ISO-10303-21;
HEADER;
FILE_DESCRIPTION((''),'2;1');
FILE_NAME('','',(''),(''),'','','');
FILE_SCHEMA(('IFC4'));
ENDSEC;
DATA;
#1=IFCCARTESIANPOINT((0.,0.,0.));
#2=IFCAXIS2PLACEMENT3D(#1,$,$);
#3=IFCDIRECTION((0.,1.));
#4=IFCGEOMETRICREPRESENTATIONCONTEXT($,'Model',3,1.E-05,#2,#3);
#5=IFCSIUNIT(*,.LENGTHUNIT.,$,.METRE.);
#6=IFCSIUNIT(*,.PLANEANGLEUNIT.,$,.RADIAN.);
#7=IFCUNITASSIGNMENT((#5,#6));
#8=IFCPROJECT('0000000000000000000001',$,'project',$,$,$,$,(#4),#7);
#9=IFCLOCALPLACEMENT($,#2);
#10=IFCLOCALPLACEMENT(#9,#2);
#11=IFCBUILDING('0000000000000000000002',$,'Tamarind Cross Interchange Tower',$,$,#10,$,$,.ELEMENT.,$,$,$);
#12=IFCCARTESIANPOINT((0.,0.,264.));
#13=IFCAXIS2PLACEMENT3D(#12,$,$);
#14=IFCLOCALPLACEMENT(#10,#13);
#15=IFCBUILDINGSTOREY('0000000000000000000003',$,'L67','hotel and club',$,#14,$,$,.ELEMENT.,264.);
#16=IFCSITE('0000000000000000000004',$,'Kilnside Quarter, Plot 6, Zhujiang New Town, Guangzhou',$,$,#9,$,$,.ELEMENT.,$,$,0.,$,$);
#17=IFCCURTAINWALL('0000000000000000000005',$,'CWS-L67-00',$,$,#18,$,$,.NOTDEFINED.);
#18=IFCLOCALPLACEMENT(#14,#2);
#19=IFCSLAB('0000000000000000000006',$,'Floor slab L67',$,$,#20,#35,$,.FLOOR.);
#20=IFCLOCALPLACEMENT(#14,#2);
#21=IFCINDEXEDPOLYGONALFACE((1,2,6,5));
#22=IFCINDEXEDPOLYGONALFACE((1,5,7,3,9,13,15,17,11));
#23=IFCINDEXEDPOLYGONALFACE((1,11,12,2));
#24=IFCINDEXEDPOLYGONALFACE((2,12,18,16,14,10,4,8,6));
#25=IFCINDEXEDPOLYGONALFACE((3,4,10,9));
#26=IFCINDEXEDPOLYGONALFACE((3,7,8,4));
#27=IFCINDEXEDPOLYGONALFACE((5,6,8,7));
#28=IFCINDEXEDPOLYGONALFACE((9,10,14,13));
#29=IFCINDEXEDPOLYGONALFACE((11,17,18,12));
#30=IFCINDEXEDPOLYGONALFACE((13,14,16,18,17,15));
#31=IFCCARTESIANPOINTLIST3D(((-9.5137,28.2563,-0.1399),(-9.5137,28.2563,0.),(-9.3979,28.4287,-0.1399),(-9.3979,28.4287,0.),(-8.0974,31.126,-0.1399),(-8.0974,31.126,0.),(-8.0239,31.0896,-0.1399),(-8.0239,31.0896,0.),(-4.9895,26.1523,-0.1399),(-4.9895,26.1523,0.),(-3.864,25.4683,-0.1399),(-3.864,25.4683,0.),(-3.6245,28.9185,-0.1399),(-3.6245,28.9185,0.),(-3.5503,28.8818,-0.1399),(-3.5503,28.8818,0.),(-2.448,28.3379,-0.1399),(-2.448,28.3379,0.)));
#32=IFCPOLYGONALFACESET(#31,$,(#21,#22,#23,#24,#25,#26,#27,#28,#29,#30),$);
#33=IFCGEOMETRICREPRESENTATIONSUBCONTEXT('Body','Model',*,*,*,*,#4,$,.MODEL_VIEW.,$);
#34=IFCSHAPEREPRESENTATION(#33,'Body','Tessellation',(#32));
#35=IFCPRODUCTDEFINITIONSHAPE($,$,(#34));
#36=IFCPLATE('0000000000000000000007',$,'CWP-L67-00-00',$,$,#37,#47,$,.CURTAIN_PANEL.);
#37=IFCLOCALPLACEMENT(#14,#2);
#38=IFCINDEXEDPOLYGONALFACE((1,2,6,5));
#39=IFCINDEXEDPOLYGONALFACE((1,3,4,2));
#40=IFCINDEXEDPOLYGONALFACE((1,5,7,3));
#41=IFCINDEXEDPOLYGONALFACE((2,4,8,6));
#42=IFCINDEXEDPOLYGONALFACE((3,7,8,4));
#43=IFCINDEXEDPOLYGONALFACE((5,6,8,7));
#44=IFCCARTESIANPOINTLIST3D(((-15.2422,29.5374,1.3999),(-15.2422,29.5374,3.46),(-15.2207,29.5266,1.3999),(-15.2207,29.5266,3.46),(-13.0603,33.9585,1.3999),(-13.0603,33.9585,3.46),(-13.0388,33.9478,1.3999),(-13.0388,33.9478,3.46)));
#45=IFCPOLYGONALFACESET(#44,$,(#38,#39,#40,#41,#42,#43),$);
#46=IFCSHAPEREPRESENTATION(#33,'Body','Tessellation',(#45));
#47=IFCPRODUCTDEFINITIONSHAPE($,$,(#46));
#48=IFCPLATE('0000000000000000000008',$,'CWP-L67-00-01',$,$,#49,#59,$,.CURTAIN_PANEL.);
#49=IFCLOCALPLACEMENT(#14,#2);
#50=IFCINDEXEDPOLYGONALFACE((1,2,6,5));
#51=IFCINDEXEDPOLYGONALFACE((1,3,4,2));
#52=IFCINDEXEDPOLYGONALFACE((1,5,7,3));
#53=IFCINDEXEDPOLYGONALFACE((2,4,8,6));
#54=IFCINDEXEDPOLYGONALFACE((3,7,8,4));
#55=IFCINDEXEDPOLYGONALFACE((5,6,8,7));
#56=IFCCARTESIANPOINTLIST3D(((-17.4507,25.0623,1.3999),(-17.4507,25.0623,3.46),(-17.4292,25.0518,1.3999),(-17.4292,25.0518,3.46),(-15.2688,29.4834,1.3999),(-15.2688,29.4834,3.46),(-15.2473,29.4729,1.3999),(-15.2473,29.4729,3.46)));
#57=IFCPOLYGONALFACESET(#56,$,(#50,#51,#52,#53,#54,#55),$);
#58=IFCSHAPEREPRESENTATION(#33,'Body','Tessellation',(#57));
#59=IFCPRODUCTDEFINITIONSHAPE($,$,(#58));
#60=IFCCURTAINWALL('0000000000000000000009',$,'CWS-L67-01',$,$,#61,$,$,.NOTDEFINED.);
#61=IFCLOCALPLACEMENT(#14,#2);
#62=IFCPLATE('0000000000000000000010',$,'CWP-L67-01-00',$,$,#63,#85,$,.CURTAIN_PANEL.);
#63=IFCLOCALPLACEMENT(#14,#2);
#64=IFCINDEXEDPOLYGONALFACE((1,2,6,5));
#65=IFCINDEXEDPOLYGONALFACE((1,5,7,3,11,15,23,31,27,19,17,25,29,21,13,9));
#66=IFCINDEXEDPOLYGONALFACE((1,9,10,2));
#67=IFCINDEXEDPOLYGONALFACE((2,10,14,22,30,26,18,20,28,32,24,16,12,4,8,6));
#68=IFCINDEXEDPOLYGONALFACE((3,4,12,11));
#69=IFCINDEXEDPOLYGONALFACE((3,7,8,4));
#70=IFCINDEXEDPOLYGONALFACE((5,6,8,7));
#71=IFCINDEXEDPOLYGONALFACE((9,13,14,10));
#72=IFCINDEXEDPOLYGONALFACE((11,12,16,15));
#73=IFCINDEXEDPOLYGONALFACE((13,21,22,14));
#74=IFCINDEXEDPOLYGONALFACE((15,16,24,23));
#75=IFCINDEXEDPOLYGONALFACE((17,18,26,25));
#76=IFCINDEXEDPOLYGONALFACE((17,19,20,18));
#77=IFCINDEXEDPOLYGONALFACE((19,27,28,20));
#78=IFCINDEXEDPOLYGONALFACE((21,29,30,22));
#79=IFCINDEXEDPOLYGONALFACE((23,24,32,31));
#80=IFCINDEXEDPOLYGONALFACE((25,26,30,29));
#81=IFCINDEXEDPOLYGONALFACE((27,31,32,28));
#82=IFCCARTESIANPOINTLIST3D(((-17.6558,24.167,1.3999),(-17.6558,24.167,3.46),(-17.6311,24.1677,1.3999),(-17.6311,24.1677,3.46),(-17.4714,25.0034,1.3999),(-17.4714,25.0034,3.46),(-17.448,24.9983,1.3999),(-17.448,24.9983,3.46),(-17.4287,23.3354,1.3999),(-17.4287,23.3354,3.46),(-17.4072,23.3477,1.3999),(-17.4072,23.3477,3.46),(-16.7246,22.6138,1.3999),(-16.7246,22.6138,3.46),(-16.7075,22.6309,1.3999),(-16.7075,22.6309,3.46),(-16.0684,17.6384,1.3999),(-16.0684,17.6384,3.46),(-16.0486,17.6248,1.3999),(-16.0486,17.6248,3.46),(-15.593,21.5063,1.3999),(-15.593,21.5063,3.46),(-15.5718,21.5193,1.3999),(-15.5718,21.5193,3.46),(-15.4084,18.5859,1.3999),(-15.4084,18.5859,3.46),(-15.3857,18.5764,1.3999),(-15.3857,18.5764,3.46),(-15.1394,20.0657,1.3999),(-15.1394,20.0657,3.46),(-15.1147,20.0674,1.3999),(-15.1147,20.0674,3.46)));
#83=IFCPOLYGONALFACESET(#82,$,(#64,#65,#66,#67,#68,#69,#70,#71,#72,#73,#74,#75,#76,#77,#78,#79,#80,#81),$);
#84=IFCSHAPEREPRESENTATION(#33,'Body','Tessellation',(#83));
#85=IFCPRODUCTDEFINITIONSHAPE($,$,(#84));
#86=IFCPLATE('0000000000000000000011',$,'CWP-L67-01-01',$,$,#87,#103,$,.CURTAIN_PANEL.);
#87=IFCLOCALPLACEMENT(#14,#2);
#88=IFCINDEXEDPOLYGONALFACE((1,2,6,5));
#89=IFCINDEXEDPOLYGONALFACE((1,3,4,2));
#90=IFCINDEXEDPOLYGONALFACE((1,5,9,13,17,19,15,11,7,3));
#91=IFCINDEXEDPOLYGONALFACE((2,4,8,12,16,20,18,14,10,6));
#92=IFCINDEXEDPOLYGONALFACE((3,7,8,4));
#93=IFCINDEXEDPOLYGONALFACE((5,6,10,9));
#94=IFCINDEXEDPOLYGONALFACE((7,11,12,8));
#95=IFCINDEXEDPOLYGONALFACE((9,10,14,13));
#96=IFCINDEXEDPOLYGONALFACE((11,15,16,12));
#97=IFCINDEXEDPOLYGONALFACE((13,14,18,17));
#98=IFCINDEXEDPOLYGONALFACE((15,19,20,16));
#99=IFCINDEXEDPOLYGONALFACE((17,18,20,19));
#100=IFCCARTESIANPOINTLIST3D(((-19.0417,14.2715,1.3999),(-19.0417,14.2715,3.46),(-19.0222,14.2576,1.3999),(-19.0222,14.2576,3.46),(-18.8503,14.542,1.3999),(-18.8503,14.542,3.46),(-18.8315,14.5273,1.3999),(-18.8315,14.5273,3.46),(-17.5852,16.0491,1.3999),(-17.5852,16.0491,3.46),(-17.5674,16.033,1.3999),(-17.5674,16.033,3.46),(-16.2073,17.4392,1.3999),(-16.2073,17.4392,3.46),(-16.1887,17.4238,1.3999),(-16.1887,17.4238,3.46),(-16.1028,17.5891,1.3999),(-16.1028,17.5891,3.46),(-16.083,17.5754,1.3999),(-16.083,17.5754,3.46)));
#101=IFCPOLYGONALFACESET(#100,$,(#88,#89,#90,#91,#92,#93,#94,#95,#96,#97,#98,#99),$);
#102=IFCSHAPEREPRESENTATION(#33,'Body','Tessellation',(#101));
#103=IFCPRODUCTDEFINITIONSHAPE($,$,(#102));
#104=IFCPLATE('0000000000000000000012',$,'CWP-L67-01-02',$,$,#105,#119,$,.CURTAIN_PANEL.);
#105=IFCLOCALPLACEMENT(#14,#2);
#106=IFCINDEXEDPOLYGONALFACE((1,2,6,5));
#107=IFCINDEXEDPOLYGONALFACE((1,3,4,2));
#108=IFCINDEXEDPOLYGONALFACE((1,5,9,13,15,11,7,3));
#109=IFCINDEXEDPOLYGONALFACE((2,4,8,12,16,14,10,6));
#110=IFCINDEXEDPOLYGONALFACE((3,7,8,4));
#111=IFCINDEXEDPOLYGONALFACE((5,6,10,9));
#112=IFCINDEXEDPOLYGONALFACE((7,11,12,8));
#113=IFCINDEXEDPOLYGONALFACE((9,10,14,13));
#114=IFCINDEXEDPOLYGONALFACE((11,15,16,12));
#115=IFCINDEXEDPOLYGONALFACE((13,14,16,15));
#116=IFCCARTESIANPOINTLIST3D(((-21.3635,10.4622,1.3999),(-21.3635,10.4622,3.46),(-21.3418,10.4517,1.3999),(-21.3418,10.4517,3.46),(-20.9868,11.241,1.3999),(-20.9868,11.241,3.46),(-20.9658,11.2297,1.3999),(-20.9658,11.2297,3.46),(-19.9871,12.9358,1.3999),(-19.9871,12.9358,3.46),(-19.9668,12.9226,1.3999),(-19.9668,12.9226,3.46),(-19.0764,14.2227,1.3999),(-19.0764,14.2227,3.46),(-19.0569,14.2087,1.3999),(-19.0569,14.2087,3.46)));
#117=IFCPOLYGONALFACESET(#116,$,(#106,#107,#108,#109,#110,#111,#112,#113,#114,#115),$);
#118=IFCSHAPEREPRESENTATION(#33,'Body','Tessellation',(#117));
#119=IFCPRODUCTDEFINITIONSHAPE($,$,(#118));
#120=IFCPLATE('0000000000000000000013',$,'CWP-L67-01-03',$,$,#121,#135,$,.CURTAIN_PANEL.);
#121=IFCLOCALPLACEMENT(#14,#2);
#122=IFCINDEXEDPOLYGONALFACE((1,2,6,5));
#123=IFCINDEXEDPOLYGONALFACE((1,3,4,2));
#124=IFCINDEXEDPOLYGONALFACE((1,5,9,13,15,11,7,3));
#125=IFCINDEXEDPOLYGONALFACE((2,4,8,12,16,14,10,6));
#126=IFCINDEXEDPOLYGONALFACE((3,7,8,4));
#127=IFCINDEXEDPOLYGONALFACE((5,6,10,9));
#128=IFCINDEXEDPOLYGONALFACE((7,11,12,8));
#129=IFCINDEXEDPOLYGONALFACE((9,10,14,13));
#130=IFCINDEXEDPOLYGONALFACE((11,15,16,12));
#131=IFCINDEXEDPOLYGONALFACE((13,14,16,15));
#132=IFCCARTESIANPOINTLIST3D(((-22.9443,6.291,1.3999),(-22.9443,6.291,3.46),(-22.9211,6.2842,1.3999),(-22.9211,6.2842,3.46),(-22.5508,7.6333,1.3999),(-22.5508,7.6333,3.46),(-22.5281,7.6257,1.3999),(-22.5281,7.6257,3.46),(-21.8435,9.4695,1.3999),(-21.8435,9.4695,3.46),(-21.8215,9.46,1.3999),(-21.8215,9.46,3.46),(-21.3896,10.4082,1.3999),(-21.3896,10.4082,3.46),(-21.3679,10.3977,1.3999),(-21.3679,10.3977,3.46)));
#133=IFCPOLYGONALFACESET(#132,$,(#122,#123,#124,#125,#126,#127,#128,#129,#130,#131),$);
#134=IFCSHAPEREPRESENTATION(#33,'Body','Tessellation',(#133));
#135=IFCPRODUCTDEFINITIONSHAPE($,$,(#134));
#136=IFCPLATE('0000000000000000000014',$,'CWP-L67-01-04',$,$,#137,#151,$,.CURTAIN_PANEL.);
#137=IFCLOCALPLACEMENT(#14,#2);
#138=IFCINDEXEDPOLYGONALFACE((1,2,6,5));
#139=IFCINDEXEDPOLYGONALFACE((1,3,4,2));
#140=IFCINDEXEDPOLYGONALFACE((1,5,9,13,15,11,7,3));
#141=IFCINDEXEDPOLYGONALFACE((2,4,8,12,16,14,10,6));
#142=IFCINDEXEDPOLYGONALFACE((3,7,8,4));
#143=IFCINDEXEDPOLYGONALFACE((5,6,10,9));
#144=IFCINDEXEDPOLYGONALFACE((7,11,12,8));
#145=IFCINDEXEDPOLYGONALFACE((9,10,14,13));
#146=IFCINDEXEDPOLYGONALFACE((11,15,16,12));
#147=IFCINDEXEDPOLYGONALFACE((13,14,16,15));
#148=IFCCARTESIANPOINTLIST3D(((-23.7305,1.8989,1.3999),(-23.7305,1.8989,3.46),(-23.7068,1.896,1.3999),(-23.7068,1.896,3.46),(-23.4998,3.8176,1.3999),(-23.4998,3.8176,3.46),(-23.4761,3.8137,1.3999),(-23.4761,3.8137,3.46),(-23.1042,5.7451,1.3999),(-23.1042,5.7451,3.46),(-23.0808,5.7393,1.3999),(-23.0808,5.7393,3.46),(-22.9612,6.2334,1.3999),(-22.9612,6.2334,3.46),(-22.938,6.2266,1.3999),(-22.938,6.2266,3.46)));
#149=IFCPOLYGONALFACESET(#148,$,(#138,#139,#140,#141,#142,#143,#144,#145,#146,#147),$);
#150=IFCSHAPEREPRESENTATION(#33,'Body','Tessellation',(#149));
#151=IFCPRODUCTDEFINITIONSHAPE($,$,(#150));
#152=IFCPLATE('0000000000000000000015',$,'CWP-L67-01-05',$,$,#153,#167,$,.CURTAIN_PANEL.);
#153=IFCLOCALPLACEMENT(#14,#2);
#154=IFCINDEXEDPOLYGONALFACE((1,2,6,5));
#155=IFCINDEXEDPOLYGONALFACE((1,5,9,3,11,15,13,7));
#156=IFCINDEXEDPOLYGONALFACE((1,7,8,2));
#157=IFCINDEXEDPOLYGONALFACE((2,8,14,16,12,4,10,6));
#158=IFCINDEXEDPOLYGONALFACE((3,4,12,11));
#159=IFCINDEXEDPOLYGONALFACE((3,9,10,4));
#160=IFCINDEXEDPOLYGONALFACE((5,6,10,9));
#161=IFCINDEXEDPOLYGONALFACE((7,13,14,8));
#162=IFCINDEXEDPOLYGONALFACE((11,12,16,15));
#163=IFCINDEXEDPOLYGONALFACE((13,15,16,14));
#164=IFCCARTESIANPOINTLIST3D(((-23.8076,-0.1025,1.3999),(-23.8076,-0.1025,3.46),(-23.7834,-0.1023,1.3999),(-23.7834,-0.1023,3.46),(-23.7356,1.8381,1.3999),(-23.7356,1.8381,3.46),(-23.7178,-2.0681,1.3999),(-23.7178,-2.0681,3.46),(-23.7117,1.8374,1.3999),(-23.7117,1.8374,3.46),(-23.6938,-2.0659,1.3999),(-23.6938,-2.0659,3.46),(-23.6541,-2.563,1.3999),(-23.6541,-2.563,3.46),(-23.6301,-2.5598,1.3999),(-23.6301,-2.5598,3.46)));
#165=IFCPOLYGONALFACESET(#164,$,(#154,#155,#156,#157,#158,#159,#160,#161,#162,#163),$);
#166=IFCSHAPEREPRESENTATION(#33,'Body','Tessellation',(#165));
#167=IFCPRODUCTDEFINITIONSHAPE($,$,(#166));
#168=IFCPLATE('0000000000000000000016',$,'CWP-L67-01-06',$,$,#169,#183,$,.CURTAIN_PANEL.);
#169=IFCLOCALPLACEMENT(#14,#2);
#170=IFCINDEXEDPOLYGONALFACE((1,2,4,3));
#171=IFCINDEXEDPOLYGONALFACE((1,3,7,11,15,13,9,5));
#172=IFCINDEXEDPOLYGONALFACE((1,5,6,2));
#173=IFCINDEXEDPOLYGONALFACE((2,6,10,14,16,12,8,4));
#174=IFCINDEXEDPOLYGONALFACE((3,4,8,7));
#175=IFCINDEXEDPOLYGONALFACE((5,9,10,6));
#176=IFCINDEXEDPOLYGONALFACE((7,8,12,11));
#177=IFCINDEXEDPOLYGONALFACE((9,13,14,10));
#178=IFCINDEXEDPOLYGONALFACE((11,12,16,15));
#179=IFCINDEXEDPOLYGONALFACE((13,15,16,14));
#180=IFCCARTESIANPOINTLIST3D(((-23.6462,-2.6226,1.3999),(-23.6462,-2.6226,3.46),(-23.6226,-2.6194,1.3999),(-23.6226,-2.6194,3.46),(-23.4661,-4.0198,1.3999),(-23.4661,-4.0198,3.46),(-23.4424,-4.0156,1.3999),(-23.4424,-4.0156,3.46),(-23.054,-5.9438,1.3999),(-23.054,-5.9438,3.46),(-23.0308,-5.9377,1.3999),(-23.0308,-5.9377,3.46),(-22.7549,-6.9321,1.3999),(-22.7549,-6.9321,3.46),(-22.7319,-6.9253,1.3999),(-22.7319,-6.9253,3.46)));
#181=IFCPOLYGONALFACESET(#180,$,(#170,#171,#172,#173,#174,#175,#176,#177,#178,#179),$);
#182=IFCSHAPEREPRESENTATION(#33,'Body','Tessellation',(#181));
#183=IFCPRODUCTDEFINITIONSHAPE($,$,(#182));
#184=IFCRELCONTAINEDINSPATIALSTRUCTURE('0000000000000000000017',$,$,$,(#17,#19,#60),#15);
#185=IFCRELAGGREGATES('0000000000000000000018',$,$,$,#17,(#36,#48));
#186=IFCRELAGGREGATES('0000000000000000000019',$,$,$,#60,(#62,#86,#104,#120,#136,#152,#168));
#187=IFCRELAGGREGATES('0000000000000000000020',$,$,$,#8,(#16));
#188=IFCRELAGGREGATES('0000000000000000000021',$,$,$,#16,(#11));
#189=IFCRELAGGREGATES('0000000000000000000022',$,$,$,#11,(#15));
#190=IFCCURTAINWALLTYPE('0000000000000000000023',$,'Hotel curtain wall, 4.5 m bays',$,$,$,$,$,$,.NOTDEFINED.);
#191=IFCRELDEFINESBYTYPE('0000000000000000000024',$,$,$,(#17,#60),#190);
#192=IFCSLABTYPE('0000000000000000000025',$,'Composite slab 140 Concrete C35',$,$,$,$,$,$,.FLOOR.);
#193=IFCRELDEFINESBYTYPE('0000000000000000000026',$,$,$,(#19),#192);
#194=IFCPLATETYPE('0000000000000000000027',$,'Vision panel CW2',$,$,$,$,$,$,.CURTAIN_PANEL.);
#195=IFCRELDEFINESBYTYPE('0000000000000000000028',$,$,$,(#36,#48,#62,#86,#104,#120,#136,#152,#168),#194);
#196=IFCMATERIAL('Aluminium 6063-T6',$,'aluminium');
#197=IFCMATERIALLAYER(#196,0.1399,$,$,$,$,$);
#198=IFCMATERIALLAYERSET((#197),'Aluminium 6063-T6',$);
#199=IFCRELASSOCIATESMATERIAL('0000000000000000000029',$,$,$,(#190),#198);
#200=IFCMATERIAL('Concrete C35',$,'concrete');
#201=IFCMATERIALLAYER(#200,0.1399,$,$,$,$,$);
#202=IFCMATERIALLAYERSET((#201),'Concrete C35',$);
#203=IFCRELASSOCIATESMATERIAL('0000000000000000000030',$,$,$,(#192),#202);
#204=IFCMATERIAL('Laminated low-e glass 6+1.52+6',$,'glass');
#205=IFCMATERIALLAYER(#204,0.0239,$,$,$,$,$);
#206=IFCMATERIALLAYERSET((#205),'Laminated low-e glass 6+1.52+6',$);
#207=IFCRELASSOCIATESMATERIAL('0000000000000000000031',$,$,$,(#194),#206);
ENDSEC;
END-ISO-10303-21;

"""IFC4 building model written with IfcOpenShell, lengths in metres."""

from ifc_helpers import new_model, si_unit, direction, frame, origin, place, context, subcontext, project, spatial, polyline, outline, extrude, material, layer, layer_set, type_object, element, aggregate, save


model = new_model("IFC4")

# Units and contexts
model_context = context("Model", 3, precision=1e-05, world=origin(), true_north=direction((0.0, 1.0)))
body_context = subcontext(model_context, "Body", "Model", "MODEL_VIEW")
ifc_project = project(units=[si_unit("LENGTHUNIT", "METRE"), si_unit("PLANEANGLEUNIT", "RADIAN")], contexts=[model_context])

# Site, building, storey
site_placement = place(None, origin())
site = spatial("IfcSite", under=ifc_project, at=site_placement, Name="Kilnside Quarter, Plot 6, Zhujiang New Town, Guangzhou", CompositionType="ELEMENT", RefElevation=0.0)
building_placement = place(site_placement, origin())
building = spatial("IfcBuilding", under=site, at=building_placement, Name="Tamarind Cross Interchange Tower", CompositionType="ELEMENT")
storey_placement = place(building_placement, frame((0.0, 0.0, 264.0)))
storey = spatial("IfcBuildingStorey", under=building, at=storey_placement, Name="L67", Description="hotel and club", CompositionType="ELEMENT", Elevation=264.0)

# Curtain wall
ifc_material_1 = material(Name="Aluminium 6063-T6", Category="aluminium")
ifc_layer_1 = layer(ifc_material_1, 0.1399)
ifc_layer_set_1 = layer_set([ifc_layer_1], Name="Aluminium 6063-T6")
curtain_wall_type = type_object("IfcCurtainWallType", Name="Hotel curtain wall, 4.5 m bays", PredefinedType="NOTDEFINED", material=ifc_layer_set_1)
curtain_wall_1_placement = place(storey_placement, origin())
curtain_wall_1 = element("IfcCurtainWall", 1, at=curtain_wall_1_placement, inside=storey, type_object=curtain_wall_type, Name="CWS-L67-00", PredefinedType="NOTDEFINED")

# Slab
ifc_material_2 = material(Name="Concrete C35", Category="concrete")
ifc_layer_2 = layer(ifc_material_2, 0.1399)
ifc_layer_set_2 = layer_set([ifc_layer_2], Name="Concrete C35")
slab_type = type_object("IfcSlabType", Name="Composite slab 140 Concrete C35", PredefinedType="FLOOR", material=ifc_layer_set_2)
slab_1_placement = place(storey_placement, frame((0.0, 0.0, -0.1399)))
element("IfcSlab", 2, at=slab_1_placement, inside=storey, type_object=slab_type, Name="Floor slab L67", PredefinedType="FLOOR", context=body_context, shape_type="SweptSolid", body=[
    extrude(outline(polyline([(-3.864, 25.4683), (-2.448, 28.3379), (-3.5503, 28.8818), (-3.6245, 28.9185), (-4.9895, 26.1523), (-9.3979, 28.4287), (-8.0239, 31.0896), (-8.0974, 31.126), (-9.5137, 28.2563), (-3.864, 25.4683)])), origin(), (0.0, 0.0, 1.0), 0.1399),
])

# Plates
ifc_material_3 = material(Name="Laminated low-e glass 6+1.52+6", Category="glass")
ifc_layer_3 = layer(ifc_material_3, 0.0239)
ifc_layer_set_3 = layer_set([ifc_layer_3], Name="Laminated low-e glass 6+1.52+6")
plate_type = type_object("IfcPlateType", Name="Vision panel CW2", PredefinedType="CURTAIN_PANEL", material=ifc_layer_set_3)
plate_1_placement = place(storey_placement, frame((0.0, 0.0, 1.3999)))
plate_1 = element("IfcPlate", 3, at=plate_1_placement, type_object=plate_type, Name="CWP-L67-00-00", PredefinedType="CURTAIN_PANEL", context=body_context, shape_type="SweptSolid", body=[
    extrude(outline(polyline([(-13.0388, 33.9478), (-15.2207, 29.5266), (-15.2422, 29.5374), (-13.0603, 33.9585), (-13.0388, 33.9478)])), origin(), (0.0, 0.0, 1.0), 2.0601),
])
plate_2_placement = place(storey_placement, frame((0.0, 0.0, 1.3999)))
plate_2 = element("IfcPlate", 4, at=plate_2_placement, type_object=plate_type, Name="CWP-L67-00-01", PredefinedType="CURTAIN_PANEL", context=body_context, shape_type="SweptSolid", body=[
    extrude(outline(polyline([(-15.2473, 29.4729), (-17.4292, 25.0518), (-17.4507, 25.0623), (-15.2688, 29.4834), (-15.2473, 29.4729)])), origin(), (0.0, 0.0, 1.0), 2.0601),
])
aggregate(curtain_wall_1, [plate_1, plate_2])

# Curtain wall, plates
curtain_wall_2_placement = place(storey_placement, origin())
curtain_wall_2 = element("IfcCurtainWall", 5, at=curtain_wall_2_placement, inside=storey, type_object=curtain_wall_type, Name="CWS-L67-01", PredefinedType="NOTDEFINED")
plate_3_placement = place(storey_placement, frame((0.0, 0.0, 1.3999)))
plate_3 = element("IfcPlate", 6, at=plate_3_placement, type_object=plate_type, Name="CWP-L67-01-00", PredefinedType="CURTAIN_PANEL", context=body_context, shape_type="SweptSolid", body=[
    extrude(outline(polyline([(-17.448, 24.9983), (-17.6311, 24.1677), (-17.4072, 23.3477), (-16.7075, 22.6309), (-15.5718, 21.5193), (-15.1147, 20.0674), (-15.3857, 18.5764), (-16.0486, 17.6248), (-16.0684, 17.6384), (-15.4084, 18.5859), (-15.1394, 20.0657), (-15.593, 21.5063), (-16.7246, 22.6138), (-17.4287, 23.3354), (-17.6558, 24.167), (-17.4714, 25.0034), (-17.448, 24.9983)])), origin(), (0.0, 0.0, 1.0), 2.0601),
])
plate_4_placement = place(storey_placement, frame((0.0, 0.0, 1.3999)))
plate_4 = element("IfcPlate", 7, at=plate_4_placement, type_object=plate_type, Name="CWP-L67-01-01", PredefinedType="CURTAIN_PANEL", context=body_context, shape_type="SweptSolid", body=[
    extrude(outline(polyline([(-16.083, 17.5754), (-16.1887, 17.4238), (-17.5674, 16.033), (-18.8315, 14.5273), (-19.0222, 14.2576), (-19.0417, 14.2715), (-18.8503, 14.542), (-17.5852, 16.0491), (-16.2073, 17.4392), (-16.1028, 17.5891), (-16.083, 17.5754)])), origin(), (0.0, 0.0, 1.0), 2.0601),
])
plate_5_placement = place(storey_placement, frame((0.0, 0.0, 1.3999)))
plate_5 = element("IfcPlate", 8, at=plate_5_placement, type_object=plate_type, Name="CWP-L67-01-02", PredefinedType="CURTAIN_PANEL", context=body_context, shape_type="SweptSolid", body=[
    extrude(outline(polyline([(-19.0569, 14.2087), (-19.9668, 12.9226), (-20.9658, 11.2297), (-21.3418, 10.4517), (-21.3635, 10.4622), (-20.9868, 11.241), (-19.9871, 12.9358), (-19.0764, 14.2227), (-19.0569, 14.2087)])), origin(), (0.0, 0.0, 1.0), 2.0601),
])
plate_6_placement = place(storey_placement, frame((0.0, 0.0, 1.3999)))
plate_6 = element("IfcPlate", 9, at=plate_6_placement, type_object=plate_type, Name="CWP-L67-01-03", PredefinedType="CURTAIN_PANEL", context=body_context, shape_type="SweptSolid", body=[
    extrude(outline(polyline([(-21.3679, 10.3977), (-21.8215, 9.46), (-22.5281, 7.6257), (-22.9211, 6.2842), (-22.9443, 6.291), (-22.5508, 7.6333), (-21.8435, 9.4695), (-21.3896, 10.4082), (-21.3679, 10.3977)])), origin(), (0.0, 0.0, 1.0), 2.0601),
])
plate_7_placement = place(storey_placement, frame((0.0, 0.0, 1.3999)))
plate_7 = element("IfcPlate", 10, at=plate_7_placement, type_object=plate_type, Name="CWP-L67-01-04", PredefinedType="CURTAIN_PANEL", context=body_context, shape_type="SweptSolid", body=[
    extrude(outline(polyline([(-22.938, 6.2266), (-23.0808, 5.7393), (-23.4761, 3.8137), (-23.7068, 1.896), (-23.7305, 1.8989), (-23.4998, 3.8176), (-23.1042, 5.7451), (-22.9612, 6.2334), (-22.938, 6.2266)])), origin(), (0.0, 0.0, 1.0), 2.0601),
])
plate_8_placement = place(storey_placement, frame((0.0, 0.0, 1.3999)))
plate_8 = element("IfcPlate", 11, at=plate_8_placement, type_object=plate_type, Name="CWP-L67-01-05", PredefinedType="CURTAIN_PANEL", context=body_context, shape_type="SweptSolid", body=[
    extrude(outline(polyline([(-23.7117, 1.8374), (-23.7834, -0.1023), (-23.6938, -2.0659), (-23.6301, -2.5598), (-23.6541, -2.563), (-23.7178, -2.0681), (-23.8076, -0.1025), (-23.7356, 1.8381), (-23.7117, 1.8374)])), origin(), (0.0, 0.0, 1.0), 2.0601),
])
plate_9_placement = place(storey_placement, frame((0.0, 0.0, 1.3999)))
plate_9 = element("IfcPlate", 12, at=plate_9_placement, type_object=plate_type, Name="CWP-L67-01-06", PredefinedType="CURTAIN_PANEL", context=body_context, shape_type="SweptSolid", body=[
    extrude(outline(polyline([(-23.6226, -2.6194), (-23.4424, -4.0156), (-23.0308, -5.9377), (-22.7319, -6.9253), (-22.7549, -6.9321), (-23.054, -5.9438), (-23.4661, -4.0198), (-23.6462, -2.6226), (-23.6226, -2.6194)])), origin(), (0.0, 0.0, 1.0), 2.0601),
])
aggregate(curtain_wall_2, [plate_3, plate_4, plate_5, plate_6, plate_7, plate_8, plate_9])

save(model, "model.ifc")
